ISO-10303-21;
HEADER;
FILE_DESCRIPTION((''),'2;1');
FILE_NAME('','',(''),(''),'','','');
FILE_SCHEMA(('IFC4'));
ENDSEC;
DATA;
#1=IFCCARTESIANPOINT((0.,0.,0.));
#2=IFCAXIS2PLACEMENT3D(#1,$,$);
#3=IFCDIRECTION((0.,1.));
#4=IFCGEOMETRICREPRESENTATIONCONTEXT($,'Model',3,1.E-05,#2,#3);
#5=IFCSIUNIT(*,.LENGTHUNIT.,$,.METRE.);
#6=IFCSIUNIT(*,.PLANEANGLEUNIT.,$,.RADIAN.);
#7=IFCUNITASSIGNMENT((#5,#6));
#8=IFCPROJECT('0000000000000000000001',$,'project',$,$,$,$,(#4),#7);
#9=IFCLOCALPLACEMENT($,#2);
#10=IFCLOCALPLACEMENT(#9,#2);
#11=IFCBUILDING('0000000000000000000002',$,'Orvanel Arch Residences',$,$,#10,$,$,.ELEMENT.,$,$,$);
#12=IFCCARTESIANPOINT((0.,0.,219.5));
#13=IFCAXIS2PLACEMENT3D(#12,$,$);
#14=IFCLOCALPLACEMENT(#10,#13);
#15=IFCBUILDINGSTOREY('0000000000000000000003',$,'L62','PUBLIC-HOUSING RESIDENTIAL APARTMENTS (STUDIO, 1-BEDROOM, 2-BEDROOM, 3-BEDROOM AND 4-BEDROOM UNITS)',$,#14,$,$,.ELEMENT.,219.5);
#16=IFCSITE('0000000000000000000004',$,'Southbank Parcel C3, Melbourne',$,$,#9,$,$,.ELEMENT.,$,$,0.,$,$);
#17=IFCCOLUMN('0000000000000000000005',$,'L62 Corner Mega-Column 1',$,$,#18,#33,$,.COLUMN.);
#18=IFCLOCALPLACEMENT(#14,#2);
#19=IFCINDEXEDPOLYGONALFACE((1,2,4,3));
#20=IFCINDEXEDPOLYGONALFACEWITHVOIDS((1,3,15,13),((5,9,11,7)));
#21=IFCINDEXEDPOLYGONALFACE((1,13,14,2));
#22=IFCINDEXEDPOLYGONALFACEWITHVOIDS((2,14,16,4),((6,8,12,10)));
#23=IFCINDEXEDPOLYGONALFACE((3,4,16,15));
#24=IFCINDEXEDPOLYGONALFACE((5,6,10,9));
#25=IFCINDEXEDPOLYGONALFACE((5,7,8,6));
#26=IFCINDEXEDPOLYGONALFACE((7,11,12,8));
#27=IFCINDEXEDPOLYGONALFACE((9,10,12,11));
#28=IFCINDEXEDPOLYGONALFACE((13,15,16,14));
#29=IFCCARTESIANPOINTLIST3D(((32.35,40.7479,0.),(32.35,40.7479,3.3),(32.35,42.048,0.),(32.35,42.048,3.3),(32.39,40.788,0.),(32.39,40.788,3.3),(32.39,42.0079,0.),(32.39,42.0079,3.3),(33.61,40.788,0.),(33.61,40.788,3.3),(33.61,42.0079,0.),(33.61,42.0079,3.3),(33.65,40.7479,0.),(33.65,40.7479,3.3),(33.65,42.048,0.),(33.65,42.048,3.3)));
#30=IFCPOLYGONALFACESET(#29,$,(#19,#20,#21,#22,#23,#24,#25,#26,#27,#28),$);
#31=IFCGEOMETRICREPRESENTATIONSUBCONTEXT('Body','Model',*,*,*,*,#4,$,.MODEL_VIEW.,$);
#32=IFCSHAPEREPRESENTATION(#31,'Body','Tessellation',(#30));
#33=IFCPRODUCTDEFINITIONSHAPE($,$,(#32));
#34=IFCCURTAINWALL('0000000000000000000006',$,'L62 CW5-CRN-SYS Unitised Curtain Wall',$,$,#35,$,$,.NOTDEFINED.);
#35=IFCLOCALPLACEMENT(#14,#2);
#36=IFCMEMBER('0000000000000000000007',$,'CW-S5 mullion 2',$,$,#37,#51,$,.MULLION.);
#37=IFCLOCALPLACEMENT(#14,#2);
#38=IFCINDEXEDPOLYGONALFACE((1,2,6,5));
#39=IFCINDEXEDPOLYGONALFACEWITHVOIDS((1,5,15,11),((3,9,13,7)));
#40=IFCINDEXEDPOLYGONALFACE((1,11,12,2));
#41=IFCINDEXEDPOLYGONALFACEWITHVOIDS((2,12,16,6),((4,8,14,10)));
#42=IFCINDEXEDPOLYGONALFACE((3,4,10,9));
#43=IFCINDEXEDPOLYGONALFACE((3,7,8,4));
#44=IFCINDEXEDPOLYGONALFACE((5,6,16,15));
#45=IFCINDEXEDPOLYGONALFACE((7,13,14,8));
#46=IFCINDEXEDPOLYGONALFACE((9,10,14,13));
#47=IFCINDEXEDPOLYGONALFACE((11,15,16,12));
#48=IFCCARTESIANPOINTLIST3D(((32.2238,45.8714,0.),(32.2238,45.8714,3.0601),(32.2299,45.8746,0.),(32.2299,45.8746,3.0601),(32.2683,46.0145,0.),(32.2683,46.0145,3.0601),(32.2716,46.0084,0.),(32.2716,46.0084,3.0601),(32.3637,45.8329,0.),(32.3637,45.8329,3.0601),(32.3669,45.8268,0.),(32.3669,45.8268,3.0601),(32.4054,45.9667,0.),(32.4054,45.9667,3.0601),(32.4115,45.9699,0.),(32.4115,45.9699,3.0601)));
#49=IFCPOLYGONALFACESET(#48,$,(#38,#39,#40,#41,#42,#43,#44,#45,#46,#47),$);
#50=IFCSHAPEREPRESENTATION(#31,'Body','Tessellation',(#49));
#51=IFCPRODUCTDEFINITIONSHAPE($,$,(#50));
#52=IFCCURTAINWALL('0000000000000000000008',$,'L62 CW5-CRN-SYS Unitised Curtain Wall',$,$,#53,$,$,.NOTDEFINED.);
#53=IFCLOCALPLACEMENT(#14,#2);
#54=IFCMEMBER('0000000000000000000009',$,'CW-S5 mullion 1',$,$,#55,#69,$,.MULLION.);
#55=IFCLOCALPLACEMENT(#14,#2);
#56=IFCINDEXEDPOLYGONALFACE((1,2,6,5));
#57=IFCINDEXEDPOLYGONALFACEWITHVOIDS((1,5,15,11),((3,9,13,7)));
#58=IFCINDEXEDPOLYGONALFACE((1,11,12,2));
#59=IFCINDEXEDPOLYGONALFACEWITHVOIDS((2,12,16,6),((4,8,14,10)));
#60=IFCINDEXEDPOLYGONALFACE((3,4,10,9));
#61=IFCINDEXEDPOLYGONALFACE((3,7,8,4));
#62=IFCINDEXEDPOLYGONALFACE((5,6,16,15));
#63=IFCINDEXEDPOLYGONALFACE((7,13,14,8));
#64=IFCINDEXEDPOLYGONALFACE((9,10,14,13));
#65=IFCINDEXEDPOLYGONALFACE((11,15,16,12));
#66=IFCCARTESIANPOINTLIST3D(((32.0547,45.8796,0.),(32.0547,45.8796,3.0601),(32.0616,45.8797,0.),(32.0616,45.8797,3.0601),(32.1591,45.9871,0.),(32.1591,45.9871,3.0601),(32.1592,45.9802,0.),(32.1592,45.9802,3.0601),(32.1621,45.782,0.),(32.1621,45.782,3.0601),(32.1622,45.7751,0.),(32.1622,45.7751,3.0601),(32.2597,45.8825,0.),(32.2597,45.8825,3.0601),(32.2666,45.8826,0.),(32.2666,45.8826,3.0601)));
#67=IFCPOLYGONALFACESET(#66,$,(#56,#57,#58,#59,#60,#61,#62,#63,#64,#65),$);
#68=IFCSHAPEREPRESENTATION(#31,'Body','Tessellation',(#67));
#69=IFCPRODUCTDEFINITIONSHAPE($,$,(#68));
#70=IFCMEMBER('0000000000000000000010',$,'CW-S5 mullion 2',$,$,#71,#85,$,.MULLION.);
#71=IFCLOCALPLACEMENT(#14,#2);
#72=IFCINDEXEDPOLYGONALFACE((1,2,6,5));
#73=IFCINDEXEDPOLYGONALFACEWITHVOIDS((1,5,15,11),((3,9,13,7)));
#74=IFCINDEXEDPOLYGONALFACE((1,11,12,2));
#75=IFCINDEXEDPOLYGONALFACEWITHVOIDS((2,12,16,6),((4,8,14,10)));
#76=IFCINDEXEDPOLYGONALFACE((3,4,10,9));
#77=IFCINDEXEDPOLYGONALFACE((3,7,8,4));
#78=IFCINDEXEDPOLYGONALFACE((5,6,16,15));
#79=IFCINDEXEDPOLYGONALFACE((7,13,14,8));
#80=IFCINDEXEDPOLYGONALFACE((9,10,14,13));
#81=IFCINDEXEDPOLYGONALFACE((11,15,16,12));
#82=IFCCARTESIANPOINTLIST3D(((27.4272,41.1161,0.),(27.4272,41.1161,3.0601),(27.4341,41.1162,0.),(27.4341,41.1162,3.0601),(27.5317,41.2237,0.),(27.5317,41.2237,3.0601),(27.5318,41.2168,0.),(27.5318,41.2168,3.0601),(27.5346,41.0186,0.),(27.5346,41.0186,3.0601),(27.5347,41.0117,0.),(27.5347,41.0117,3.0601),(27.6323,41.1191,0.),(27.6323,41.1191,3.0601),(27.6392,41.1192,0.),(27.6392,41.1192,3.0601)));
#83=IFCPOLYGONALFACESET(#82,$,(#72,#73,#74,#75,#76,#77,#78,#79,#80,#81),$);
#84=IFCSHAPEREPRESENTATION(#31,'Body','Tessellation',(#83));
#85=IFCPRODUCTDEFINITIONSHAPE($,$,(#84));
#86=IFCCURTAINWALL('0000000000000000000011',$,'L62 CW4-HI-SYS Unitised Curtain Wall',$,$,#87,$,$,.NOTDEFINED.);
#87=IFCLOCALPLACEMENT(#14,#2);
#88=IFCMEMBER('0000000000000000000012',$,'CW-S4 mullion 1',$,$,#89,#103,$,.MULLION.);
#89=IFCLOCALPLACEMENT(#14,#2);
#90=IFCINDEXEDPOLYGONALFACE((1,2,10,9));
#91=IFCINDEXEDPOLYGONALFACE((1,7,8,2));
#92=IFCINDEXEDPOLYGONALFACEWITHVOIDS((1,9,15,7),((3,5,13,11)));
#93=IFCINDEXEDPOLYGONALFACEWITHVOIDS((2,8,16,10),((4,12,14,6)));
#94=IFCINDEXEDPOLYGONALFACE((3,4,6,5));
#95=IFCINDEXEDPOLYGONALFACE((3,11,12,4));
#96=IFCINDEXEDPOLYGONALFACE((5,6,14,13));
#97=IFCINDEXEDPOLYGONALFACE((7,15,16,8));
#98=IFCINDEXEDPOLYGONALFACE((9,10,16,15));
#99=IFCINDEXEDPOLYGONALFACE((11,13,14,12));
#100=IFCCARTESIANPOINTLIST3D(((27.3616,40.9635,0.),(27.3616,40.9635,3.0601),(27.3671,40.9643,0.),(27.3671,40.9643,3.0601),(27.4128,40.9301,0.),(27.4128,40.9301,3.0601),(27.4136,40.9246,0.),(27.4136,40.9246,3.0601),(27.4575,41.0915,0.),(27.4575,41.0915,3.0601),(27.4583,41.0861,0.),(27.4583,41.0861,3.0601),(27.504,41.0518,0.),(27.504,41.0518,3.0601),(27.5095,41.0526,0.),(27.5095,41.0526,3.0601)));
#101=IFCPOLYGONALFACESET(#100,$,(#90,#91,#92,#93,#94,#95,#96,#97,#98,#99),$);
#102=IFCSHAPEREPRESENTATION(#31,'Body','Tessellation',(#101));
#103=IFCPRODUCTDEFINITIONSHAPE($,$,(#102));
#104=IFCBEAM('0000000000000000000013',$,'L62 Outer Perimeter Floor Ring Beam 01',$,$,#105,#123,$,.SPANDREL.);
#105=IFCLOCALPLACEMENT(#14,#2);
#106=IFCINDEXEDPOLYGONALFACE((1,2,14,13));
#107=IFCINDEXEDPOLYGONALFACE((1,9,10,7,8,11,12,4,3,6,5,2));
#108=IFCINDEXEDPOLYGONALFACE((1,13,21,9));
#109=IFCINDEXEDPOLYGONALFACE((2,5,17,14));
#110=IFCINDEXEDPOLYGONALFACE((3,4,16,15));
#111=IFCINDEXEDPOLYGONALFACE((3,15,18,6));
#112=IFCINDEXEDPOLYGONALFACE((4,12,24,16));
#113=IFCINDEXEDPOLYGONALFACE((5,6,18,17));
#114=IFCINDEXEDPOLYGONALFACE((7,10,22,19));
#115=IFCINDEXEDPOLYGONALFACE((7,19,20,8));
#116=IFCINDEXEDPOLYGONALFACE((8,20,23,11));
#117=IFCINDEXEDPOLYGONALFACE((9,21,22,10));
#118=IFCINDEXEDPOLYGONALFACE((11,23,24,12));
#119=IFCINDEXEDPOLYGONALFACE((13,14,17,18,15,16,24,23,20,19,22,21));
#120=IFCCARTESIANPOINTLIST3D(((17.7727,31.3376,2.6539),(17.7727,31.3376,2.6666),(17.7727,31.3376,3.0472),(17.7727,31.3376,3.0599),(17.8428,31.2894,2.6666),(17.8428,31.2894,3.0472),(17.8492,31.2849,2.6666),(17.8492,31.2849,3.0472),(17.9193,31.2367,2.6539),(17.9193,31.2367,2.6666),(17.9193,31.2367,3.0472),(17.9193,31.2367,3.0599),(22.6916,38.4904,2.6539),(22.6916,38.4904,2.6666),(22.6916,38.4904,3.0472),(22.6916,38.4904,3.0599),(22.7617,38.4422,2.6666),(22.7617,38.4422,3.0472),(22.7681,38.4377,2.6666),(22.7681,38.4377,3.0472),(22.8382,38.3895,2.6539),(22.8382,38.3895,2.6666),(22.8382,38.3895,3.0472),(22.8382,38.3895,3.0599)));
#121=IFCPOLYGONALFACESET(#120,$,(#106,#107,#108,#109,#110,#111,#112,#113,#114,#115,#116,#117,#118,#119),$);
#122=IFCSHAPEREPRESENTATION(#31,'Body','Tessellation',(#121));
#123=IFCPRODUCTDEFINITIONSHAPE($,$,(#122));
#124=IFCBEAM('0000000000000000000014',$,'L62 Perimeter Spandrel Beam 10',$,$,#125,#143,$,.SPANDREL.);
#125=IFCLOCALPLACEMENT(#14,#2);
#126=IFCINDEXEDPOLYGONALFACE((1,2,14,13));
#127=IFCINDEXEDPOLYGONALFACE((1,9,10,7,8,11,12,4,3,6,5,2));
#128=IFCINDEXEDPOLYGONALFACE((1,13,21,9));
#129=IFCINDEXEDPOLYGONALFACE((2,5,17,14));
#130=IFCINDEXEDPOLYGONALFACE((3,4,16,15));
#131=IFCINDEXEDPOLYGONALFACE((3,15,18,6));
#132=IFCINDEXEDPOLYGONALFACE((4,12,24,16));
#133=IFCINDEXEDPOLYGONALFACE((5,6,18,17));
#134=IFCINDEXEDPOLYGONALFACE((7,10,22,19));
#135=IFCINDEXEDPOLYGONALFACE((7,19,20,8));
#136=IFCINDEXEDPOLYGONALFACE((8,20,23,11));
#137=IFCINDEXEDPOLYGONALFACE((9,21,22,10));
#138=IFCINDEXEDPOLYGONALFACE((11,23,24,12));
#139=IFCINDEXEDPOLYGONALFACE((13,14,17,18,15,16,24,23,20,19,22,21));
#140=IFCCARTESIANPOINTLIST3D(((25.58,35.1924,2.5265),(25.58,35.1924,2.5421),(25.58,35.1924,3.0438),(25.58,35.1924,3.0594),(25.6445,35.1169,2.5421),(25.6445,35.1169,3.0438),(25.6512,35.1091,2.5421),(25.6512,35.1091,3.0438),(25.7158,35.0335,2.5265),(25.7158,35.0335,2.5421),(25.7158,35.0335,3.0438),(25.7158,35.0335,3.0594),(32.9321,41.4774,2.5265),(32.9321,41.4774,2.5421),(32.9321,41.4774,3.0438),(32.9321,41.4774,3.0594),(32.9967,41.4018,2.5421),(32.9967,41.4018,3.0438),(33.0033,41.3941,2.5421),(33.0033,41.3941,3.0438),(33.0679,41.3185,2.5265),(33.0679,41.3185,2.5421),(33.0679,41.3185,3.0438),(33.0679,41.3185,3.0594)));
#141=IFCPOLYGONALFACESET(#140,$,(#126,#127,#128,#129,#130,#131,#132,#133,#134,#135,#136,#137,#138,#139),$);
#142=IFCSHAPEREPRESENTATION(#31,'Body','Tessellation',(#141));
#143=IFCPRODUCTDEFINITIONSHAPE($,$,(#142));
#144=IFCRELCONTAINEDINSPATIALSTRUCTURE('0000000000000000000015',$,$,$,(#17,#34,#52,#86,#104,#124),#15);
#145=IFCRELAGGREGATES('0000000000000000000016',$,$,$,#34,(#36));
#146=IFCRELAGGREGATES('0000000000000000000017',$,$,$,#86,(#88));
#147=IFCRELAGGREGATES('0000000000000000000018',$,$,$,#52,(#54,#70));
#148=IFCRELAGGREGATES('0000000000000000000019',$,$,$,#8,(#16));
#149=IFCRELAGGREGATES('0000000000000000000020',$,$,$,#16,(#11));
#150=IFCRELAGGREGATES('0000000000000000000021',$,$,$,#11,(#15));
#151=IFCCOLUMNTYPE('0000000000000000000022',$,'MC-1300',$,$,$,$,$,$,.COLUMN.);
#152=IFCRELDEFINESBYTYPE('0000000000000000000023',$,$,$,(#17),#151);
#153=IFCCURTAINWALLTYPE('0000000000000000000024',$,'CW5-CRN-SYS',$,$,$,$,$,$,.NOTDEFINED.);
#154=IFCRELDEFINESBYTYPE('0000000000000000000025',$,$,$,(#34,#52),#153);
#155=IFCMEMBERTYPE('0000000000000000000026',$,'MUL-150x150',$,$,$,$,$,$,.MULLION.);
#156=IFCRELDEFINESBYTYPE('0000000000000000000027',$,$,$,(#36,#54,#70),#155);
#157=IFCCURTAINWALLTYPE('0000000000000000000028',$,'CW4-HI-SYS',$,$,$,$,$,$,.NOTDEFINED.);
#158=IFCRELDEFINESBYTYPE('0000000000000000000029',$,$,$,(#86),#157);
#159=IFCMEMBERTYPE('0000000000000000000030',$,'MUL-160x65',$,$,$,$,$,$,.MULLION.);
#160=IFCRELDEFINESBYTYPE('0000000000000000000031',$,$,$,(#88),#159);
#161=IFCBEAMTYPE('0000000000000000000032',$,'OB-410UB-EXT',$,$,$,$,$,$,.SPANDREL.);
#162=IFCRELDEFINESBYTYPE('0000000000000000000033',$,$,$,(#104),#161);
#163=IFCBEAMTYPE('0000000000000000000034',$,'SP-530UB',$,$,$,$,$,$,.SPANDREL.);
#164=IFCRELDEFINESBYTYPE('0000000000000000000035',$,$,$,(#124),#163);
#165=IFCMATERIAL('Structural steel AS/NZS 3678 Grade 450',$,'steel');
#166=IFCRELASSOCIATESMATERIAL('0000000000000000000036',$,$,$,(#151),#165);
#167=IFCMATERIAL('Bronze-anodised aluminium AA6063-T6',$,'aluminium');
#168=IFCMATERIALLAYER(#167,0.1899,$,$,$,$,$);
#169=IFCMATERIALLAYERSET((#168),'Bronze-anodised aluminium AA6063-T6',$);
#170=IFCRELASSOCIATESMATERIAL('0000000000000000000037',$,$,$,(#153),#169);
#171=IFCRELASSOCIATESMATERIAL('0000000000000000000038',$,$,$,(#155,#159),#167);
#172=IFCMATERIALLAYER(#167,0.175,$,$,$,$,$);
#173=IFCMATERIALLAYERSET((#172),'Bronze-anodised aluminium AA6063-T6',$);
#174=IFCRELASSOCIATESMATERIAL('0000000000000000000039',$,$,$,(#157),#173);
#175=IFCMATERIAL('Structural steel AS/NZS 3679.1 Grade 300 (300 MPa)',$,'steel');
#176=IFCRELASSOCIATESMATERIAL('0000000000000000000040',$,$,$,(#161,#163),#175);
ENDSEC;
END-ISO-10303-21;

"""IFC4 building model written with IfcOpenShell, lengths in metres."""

from ifc_helpers import new_model, si_unit, direction, frame, origin, origin_2d, place, context, subcontext, project, spatial, hollow_rectangle, i_section, extrude, material, layer, layer_set, material_profile, profile_set, type_object, element, aggregate, save


model = new_model("IFC4")

# Units and contexts
model_context = context("Model", 3, precision=1e-05, world=origin(), true_north=direction((0.0, 1.0)))
body_context = subcontext(model_context, "Body", "Model", "MODEL_VIEW")
ifc_project = project(units=[si_unit("LENGTHUNIT", "METRE"), si_unit("PLANEANGLEUNIT", "RADIAN")], contexts=[model_context])

# Site, building, storey
site_placement = place(None, origin())
site = spatial("IfcSite", under=ifc_project, at=site_placement, Name="Southbank Parcel C3, Melbourne", CompositionType="ELEMENT", RefElevation=0.0)
building_placement = place(site_placement, origin())
building = spatial("IfcBuilding", under=site, at=building_placement, Name="Orvanel Arch Residences", CompositionType="ELEMENT")
storey_placement = place(building_placement, frame((0.0, 0.0, 219.5)))
storey = spatial("IfcBuildingStorey", under=building, at=storey_placement, Name="L62", Description="PUBLIC-HOUSING RESIDENTIAL APARTMENTS (STUDIO, 1-BEDROOM, 2-BEDROOM, 3-BEDROOM AND 4-BEDROOM UNITS)", CompositionType="ELEMENT", Elevation=219.5)

# Column
ifc_material_1 = material(Name="Structural steel AS/NZS 3678 Grade 450", Category="steel")
ifc_material_profile_1 = material_profile(ifc_material_1, hollow_rectangle(XDim=1.3, YDim=1.3, WallThickness=0.04, at=origin_2d()), Name="BOX1300x1300x40")
ifc_profile_set_1 = profile_set([ifc_material_profile_1], Name="Structural steel AS/NZS 3678 Grade 450")
column_type = type_object("IfcColumnType", Name="MC-1300", PredefinedType="COLUMN", material=ifc_profile_set_1)
column_placement = place(storey_placement, frame((33.0, 41.3979, 0.0), z_axis=(0.0, 0.0, 1.0), x_axis=(1.0, 0.0, 0.0)))
element("IfcColumn", 1, at=column_placement, inside=storey, type_object=column_type, Name="L62 Corner Mega-Column 1", PredefinedType="COLUMN", context=body_context, shape_type="SweptSolid", body=[
    extrude(hollow_rectangle(XDim=1.3, YDim=1.3, WallThickness=0.04, at=origin_2d()), origin(), (0.0, 0.0, 1.0), 3.3),
])

# Curtain wall, member
ifc_material_2 = material(Name="Bronze-anodised aluminium AA6063-T6", Category="aluminium")
ifc_layer_1 = layer(ifc_material_2, 0.1899)
ifc_layer_set_1 = layer_set([ifc_layer_1], Name="Bronze-anodised aluminium AA6063-T6")
curtain_wall_type_1 = type_object("IfcCurtainWallType", Name="CW5-CRN-SYS", PredefinedType="NOTDEFINED", material=ifc_layer_set_1)
curtain_wall_1_placement = place(storey_placement, origin())
curtain_wall_1 = element("IfcCurtainWall", 2, at=curtain_wall_1_placement, inside=storey, type_object=curtain_wall_type_1, Name="L62 CW5-CRN-SYS Unitised Curtain Wall", PredefinedType="NOTDEFINED")
ifc_material_profile_2 = material_profile(ifc_material_2, hollow_rectangle(XDim=0.1499, YDim=0.1499, WallThickness=0.0049, at=origin_2d()), Name="ALU150x150x5")
ifc_profile_set_2 = profile_set([ifc_material_profile_2], Name="Bronze-anodised aluminium AA6063-T6")
member_type_1 = type_object("IfcMemberType", Name="MUL-150x150", PredefinedType="MULLION", material=ifc_profile_set_2)
member_1_placement = place(storey_placement, frame((32.3176, 45.9207, 0.0), z_axis=(0.0, 0.0, 1.0), x_axis=(-0.297225, -0.954808, 0.0)))
member_1 = element("IfcMember", 3, at=member_1_placement, type_object=member_type_1, Name="CW-S5 mullion 2", PredefinedType="MULLION", context=body_context, shape_type="SweptSolid", body=[
    extrude(hollow_rectangle(XDim=0.1499, YDim=0.1499, WallThickness=0.0049, at=origin_2d()), origin(), (0.0, 0.0, 1.0), 3.0601),
])
aggregate(curtain_wall_1, [member_1])

# Curtain wall, members
curtain_wall_2_placement = place(storey_placement, origin())
curtain_wall_2 = element("IfcCurtainWall", 4, at=curtain_wall_2_placement, inside=storey, type_object=curtain_wall_type_1, Name="L62 CW5-CRN-SYS Unitised Curtain Wall", PredefinedType="NOTDEFINED")
member_2_placement = place(storey_placement, frame((32.1606, 45.8811, 0.0), z_axis=(0.0, 0.0, 1.0), x_axis=(0.717267, -0.696799, 0.0)))
member_2 = element("IfcMember", 5, at=member_2_placement, type_object=member_type_1, Name="CW-S5 mullion 1", PredefinedType="MULLION", context=body_context, shape_type="SweptSolid", body=[
    extrude(hollow_rectangle(XDim=0.1499, YDim=0.1499, WallThickness=0.0049, at=origin_2d()), origin(), (0.0, 0.0, 1.0), 3.0601),
])
member_3_placement = place(storey_placement, frame((27.5332, 41.1177, 0.0), z_axis=(0.0, 0.0, 1.0), x_axis=(0.717267, -0.696799, 0.0)))
member_3 = element("IfcMember", 6, at=member_3_placement, type_object=member_type_1, Name="CW-S5 mullion 2", PredefinedType="MULLION", context=body_context, shape_type="SweptSolid", body=[
    extrude(hollow_rectangle(XDim=0.1499, YDim=0.1499, WallThickness=0.0049, at=origin_2d()), origin(), (0.0, 0.0, 1.0), 3.0601),
])

# Curtain wall, member
ifc_layer_2 = layer(ifc_material_2, 0.175)
ifc_layer_set_2 = layer_set([ifc_layer_2], Name="Bronze-anodised aluminium AA6063-T6")
curtain_wall_type_2 = type_object("IfcCurtainWallType", Name="CW4-HI-SYS", PredefinedType="NOTDEFINED", material=ifc_layer_set_2)
curtain_wall_3_placement = place(storey_placement, origin())
curtain_wall_3 = element("IfcCurtainWall", 7, at=curtain_wall_3_placement, inside=storey, type_object=curtain_wall_type_2, Name="L62 CW4-HI-SYS Unitised Curtain Wall", PredefinedType="NOTDEFINED")
ifc_material_profile_3 = material_profile(ifc_material_2, hollow_rectangle(XDim=0.0649, YDim=0.1599, WallThickness=0.0039, at=origin_2d()), Name="ALU160x65x4")
ifc_profile_set_3 = profile_set([ifc_material_profile_3], Name="Bronze-anodised aluminium AA6063-T6")
member_type_2 = type_object("IfcMemberType", Name="MUL-160x65", PredefinedType="MULLION", material=ifc_profile_set_3)
member_4_placement = place(storey_placement, frame((27.4355, 41.0081, 0.0), z_axis=(0.0, 0.0, 1.0), x_axis=(0.800476, -0.599364, 0.0)))
member_4 = element("IfcMember", 8, at=member_4_placement, type_object=member_type_2, Name="CW-S4 mullion 1", PredefinedType="MULLION", context=body_context, shape_type="SweptSolid", body=[
    extrude(hollow_rectangle(XDim=0.0649, YDim=0.1599, WallThickness=0.0039, at=origin_2d()), origin(), (0.0, 0.0, 1.0), 3.0601),
])

# Beams
ifc_material_3 = material(Name="Structural steel AS/NZS 3679.1 Grade 300 (300 MPa)", Category="steel")
ifc_material_profile_4 = material_profile(ifc_material_3, i_section(OverallWidth=0.178, OverallDepth=0.406, WebThickness=0.0078, FlangeThickness=0.0127, at=origin_2d()), Name="410UB59.7")
ifc_profile_set_4 = profile_set([ifc_material_profile_4], Name="Structural steel AS/NZS 3679.1 Grade 300 (300 MPa)")
beam_type_1 = type_object("IfcBeamType", Name="OB-410UB-EXT", PredefinedType="SPANDREL", material=ifc_profile_set_4)
beam_1_placement = place(storey_placement, frame((22.7649, 38.4399, 2.8569), z_axis=(-0.566636, -0.823968, 0.0), x_axis=(0.823968, -0.566636, 0.0)))
element("IfcBeam", 9, at=beam_1_placement, inside=storey, type_object=beam_type_1, Name="L62 Outer Perimeter Floor Ring Beam 01", PredefinedType="SPANDREL", context=body_context, shape_type="SweptSolid", body=[
    extrude(i_section(OverallWidth=0.178, OverallDepth=0.406, WebThickness=0.0078, FlangeThickness=0.0127, at=origin_2d()), origin(), (0.0, 0.0, 1.0), 8.6809),
])
ifc_material_profile_5 = material_profile(ifc_material_3, i_section(OverallWidth=0.209, OverallDepth=0.533, WebThickness=0.0103, FlangeThickness=0.0156, at=origin_2d()), Name="530UB92.4")
ifc_profile_set_5 = profile_set([ifc_material_profile_5], Name="Structural steel AS/NZS 3679.1 Grade 300 (300 MPa)")
beam_type_2 = type_object("IfcBeamType", Name="SP-530UB", PredefinedType="SPANDREL", material=ifc_profile_set_5)
beam_2_placement = place(storey_placement, frame((33.0, 41.3979, 2.793), z_axis=(-0.760117, -0.649787, 0.0), x_axis=(0.649787, -0.760117, 0.0)))
element("IfcBeam", 10, at=beam_2_placement, inside=storey, type_object=beam_type_2, Name="L62 Perimeter Spandrel Beam 10", PredefinedType="SPANDREL", context=body_context, shape_type="SweptSolid", body=[
    extrude(i_section(OverallWidth=0.209, OverallDepth=0.533, WebThickness=0.0103, FlangeThickness=0.0156, at=origin_2d()), origin(), (0.0, 0.0, 1.0), 9.6724),
])

aggregate(curtain_wall_3, [member_4])
aggregate(curtain_wall_2, [member_2, member_3])

save(model, "model.ifc")
